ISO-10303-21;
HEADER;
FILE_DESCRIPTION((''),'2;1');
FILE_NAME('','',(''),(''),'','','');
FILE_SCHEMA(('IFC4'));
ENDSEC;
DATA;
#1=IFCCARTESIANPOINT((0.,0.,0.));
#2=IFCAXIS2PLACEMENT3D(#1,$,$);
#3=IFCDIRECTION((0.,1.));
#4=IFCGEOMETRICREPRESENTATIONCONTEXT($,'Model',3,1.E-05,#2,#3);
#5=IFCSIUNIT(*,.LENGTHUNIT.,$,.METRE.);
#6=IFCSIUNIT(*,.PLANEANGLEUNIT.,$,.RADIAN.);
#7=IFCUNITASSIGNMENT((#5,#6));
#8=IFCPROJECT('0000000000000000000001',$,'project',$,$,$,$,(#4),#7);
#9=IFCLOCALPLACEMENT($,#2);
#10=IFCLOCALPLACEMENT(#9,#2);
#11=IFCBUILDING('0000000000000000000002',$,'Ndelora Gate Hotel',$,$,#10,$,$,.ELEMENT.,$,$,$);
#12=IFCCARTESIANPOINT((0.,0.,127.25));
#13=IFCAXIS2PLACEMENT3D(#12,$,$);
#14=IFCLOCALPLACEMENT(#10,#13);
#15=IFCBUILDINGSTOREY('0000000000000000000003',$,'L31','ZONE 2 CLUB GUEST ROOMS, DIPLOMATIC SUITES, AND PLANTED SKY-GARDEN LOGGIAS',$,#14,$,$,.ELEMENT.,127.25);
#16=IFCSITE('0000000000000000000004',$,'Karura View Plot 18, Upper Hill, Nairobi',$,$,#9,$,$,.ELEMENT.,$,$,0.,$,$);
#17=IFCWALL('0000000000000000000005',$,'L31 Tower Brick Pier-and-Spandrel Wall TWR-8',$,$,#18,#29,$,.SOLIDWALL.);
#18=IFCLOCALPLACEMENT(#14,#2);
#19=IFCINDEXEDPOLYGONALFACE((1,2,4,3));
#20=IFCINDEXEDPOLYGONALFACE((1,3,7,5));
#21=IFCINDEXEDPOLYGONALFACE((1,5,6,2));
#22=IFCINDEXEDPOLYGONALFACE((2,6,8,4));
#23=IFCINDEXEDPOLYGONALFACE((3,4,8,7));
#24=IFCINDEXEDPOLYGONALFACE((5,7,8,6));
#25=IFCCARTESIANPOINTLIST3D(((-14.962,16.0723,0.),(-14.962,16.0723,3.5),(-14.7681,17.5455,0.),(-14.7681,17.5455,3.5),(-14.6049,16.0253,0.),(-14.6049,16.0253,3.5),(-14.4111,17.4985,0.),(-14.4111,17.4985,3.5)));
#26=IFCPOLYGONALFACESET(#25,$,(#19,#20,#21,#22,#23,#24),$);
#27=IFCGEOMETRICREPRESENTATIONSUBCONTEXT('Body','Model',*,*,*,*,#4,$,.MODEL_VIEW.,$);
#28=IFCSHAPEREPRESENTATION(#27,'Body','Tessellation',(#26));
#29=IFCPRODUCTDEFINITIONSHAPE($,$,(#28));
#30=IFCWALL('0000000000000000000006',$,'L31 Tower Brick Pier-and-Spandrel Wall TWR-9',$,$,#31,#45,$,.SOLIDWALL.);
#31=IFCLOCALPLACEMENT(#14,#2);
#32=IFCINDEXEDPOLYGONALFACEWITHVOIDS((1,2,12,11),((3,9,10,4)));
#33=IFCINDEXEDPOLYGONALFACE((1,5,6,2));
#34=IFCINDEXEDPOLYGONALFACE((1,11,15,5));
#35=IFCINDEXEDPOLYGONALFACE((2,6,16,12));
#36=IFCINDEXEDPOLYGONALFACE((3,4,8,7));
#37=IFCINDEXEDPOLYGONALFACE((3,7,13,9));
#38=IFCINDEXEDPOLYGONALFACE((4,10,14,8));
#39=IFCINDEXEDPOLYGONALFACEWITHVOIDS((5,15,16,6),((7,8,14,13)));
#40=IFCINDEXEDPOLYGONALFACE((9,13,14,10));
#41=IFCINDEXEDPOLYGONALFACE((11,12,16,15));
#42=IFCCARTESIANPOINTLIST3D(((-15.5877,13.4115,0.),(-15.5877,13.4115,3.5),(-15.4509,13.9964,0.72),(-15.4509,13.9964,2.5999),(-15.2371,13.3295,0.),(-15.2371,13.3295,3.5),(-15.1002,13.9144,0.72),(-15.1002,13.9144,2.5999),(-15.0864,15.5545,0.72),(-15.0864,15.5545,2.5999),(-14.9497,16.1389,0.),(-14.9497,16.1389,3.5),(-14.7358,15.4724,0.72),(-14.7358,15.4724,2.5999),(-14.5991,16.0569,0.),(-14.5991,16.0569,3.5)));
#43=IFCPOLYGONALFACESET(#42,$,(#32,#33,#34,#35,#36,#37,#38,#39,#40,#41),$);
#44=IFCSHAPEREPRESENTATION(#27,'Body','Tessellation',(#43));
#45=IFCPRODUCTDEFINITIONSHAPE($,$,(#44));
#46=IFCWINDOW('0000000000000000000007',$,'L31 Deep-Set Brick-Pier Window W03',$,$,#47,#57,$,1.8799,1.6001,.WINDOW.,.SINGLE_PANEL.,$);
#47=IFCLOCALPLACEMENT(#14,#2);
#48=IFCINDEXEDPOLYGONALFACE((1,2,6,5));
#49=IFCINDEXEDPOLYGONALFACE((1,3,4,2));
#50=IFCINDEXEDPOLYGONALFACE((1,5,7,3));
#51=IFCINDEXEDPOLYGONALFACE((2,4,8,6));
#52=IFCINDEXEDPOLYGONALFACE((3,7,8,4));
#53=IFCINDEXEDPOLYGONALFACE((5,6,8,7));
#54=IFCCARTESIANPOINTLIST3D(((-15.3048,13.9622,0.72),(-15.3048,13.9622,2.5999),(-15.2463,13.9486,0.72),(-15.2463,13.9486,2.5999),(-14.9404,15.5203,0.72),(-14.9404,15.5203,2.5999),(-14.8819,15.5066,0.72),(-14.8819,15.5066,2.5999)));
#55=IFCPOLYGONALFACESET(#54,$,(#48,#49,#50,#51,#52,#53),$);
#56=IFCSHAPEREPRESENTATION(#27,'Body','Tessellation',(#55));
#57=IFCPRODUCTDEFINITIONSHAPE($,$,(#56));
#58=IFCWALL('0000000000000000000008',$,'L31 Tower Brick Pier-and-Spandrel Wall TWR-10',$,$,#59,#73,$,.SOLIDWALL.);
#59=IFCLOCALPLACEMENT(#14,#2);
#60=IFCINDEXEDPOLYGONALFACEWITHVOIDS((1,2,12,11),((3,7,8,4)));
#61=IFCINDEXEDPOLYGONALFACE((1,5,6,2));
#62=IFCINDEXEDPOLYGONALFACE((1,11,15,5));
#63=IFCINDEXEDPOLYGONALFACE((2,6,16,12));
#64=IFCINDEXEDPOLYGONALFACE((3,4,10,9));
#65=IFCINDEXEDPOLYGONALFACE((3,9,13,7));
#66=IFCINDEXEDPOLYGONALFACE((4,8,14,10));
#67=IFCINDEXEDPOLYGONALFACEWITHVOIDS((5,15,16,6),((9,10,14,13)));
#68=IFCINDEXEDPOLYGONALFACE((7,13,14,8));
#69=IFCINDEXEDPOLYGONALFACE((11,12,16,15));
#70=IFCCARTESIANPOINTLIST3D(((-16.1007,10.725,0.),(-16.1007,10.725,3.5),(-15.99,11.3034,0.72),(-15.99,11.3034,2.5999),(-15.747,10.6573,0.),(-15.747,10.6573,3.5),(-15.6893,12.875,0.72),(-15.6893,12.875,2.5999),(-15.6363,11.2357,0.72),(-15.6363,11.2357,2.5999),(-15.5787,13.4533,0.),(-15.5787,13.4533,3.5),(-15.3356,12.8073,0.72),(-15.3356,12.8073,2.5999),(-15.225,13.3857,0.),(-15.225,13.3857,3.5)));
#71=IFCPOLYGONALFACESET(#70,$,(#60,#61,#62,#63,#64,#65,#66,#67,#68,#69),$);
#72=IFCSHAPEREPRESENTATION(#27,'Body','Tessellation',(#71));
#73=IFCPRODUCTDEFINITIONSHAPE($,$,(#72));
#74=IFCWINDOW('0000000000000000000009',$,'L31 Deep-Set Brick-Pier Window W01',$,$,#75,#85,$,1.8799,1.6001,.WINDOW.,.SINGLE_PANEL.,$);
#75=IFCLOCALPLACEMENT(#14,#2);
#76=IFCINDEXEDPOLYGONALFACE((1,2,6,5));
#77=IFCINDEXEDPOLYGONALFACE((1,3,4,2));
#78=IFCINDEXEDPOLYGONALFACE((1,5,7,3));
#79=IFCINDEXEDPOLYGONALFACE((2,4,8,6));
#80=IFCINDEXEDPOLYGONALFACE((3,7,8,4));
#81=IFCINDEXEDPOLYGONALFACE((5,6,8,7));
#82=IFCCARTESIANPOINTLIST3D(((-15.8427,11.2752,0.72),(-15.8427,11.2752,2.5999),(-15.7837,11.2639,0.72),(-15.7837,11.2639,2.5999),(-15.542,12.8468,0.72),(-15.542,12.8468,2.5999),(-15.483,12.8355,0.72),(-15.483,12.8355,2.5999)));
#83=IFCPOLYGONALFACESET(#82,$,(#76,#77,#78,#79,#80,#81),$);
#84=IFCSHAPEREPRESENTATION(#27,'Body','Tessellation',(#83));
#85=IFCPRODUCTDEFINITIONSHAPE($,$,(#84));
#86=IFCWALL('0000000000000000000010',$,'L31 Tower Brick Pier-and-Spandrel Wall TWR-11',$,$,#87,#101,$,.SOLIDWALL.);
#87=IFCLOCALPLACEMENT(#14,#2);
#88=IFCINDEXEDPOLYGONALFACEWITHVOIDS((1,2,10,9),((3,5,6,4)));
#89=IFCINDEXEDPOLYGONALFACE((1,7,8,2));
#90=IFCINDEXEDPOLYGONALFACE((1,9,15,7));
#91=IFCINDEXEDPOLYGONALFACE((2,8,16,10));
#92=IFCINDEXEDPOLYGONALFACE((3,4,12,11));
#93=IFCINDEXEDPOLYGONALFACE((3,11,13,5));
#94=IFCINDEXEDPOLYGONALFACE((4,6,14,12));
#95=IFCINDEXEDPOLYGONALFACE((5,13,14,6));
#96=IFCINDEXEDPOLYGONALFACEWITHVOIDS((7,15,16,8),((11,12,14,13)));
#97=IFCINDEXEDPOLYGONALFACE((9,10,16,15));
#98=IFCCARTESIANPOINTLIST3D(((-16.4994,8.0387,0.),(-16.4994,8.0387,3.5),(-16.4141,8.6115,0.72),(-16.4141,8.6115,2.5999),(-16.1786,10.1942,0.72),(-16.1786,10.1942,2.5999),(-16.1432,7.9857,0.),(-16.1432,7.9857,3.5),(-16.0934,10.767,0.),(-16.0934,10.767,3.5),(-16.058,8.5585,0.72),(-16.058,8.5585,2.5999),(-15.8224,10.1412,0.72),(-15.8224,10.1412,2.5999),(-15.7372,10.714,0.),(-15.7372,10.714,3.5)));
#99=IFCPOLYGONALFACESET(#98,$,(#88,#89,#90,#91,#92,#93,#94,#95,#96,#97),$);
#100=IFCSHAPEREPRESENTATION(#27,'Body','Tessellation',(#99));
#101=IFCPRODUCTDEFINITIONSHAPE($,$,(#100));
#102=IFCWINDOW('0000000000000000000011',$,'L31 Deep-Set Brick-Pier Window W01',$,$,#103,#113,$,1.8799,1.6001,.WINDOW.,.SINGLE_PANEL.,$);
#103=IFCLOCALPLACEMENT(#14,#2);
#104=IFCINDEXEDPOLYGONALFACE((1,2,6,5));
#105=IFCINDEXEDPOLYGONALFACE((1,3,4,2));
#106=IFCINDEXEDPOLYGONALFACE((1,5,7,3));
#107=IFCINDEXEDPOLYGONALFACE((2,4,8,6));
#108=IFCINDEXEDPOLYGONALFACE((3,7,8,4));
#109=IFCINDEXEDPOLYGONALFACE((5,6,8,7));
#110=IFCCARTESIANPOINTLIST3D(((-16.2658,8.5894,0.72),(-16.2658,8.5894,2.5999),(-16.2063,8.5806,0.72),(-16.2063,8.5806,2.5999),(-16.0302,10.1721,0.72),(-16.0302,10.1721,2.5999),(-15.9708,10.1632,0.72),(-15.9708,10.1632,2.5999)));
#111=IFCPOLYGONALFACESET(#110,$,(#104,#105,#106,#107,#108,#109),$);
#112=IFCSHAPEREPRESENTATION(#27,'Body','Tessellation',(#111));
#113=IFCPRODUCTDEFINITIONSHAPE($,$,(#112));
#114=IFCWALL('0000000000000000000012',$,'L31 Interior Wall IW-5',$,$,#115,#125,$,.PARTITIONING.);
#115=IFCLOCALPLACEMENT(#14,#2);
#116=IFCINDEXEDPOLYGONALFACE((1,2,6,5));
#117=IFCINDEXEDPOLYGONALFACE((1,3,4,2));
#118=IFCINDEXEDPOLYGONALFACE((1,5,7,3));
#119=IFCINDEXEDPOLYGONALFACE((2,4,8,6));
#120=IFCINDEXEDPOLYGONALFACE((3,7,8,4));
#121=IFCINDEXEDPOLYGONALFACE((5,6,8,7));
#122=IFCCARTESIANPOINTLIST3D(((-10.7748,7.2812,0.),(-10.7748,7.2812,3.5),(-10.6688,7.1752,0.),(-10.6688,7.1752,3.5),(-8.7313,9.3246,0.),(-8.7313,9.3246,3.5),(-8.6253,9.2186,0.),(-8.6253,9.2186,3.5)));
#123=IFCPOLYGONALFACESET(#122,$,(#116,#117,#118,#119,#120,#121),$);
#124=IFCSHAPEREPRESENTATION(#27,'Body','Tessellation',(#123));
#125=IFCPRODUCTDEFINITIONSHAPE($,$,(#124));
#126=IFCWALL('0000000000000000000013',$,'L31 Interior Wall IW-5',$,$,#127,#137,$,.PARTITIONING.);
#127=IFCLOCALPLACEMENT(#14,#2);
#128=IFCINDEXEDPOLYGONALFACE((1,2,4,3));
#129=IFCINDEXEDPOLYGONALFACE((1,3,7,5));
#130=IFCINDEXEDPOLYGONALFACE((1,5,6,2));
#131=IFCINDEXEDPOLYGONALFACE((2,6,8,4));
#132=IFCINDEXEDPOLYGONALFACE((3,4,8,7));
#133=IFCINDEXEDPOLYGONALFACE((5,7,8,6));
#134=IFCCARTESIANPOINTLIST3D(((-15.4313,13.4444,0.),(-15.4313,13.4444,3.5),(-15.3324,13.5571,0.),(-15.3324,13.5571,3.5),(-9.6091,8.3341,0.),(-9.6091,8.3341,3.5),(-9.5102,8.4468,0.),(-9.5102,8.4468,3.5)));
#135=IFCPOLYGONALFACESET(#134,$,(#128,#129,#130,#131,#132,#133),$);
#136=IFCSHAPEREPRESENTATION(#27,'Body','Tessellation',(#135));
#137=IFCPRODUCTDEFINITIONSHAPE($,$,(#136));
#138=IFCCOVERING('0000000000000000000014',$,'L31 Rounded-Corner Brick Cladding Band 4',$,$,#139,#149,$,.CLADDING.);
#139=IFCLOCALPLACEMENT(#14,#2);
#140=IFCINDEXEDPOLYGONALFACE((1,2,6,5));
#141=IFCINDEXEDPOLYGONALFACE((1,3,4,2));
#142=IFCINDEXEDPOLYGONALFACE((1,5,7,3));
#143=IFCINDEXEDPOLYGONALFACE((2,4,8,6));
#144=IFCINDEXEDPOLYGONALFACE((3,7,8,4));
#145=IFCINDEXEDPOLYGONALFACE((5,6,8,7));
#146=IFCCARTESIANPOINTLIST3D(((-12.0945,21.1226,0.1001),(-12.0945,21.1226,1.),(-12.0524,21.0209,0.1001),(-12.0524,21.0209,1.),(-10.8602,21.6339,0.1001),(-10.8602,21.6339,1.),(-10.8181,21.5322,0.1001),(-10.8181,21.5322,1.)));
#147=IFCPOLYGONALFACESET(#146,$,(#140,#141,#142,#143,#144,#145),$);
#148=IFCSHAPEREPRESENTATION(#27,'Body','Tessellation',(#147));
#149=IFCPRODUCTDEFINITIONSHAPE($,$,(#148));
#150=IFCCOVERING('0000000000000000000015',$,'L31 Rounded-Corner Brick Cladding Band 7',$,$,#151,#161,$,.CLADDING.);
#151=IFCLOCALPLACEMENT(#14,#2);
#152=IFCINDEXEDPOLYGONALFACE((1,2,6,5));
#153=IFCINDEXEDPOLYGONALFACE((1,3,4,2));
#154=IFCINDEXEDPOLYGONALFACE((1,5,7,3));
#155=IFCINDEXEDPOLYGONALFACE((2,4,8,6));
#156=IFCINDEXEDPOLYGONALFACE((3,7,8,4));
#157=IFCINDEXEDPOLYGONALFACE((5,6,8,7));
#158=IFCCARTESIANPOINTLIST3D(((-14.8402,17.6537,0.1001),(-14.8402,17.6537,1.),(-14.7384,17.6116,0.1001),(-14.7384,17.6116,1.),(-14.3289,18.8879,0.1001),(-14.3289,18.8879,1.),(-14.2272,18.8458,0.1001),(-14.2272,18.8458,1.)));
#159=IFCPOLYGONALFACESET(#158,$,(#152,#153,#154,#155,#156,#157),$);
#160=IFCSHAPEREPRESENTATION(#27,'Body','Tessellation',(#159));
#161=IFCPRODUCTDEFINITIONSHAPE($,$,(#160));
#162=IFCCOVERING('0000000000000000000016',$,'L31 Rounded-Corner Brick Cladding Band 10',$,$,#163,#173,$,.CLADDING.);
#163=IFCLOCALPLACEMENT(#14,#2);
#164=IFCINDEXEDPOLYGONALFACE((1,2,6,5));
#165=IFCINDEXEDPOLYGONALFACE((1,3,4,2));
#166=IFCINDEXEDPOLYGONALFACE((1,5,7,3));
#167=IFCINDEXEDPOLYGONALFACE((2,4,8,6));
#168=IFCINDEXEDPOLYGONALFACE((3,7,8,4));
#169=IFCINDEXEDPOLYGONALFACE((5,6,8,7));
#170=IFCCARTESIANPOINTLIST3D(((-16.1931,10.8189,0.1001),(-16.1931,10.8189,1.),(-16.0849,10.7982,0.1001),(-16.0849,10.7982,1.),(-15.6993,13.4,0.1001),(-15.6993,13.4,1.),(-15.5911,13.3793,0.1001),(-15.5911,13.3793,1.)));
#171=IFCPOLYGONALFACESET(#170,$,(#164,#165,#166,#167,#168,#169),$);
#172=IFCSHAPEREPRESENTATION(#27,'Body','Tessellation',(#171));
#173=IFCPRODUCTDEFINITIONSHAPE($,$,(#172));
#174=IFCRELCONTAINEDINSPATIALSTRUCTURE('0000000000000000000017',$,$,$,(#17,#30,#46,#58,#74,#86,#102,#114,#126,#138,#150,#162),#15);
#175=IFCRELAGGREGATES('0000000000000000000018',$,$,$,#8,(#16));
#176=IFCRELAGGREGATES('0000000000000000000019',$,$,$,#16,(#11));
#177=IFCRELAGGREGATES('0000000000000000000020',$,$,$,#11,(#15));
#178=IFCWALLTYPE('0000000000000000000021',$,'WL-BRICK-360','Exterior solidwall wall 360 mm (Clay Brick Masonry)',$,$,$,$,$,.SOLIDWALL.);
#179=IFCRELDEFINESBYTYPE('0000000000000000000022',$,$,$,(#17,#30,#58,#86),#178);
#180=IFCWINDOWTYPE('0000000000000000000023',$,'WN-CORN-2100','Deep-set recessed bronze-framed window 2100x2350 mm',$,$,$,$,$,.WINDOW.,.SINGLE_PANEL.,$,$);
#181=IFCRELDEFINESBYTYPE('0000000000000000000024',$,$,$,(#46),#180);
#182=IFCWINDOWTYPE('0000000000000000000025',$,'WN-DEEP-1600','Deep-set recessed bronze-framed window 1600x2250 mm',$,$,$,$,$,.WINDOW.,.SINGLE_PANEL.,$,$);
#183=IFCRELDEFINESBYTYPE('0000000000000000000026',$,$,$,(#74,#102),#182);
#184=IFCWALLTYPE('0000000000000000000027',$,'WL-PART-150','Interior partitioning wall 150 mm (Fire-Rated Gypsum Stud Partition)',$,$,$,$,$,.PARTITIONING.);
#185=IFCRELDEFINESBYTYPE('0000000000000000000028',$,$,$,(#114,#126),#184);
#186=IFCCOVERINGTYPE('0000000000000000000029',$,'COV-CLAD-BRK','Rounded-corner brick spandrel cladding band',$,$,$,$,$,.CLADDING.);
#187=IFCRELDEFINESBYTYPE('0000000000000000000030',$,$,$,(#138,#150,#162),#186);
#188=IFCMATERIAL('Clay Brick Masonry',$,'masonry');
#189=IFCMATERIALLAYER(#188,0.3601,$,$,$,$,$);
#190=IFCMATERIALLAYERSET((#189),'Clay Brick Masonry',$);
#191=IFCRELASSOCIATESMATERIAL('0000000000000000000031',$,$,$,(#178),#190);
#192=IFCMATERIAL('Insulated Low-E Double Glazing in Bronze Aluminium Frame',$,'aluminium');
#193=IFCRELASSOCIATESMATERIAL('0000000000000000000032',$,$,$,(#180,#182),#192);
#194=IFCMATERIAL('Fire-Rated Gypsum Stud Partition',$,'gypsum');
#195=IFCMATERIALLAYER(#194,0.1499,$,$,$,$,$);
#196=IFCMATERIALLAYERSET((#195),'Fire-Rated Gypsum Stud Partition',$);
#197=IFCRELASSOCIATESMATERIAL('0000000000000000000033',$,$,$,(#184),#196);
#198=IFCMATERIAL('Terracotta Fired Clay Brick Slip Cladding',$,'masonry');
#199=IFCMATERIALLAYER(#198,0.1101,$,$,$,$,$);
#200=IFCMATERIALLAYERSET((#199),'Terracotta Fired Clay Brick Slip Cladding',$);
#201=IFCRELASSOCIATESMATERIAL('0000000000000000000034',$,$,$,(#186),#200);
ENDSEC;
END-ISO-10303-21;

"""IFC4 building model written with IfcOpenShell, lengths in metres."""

from ifc_helpers import new_model, si_unit, direction, frame, frame_2d, origin, origin_2d, place, context, subcontext, project, spatial, rectangle, extrude, material, layer, layer_set, type_object, element, fill, save


model = new_model("IFC4")

# Units and contexts
model_context = context("Model", 3, precision=1e-05, world=origin(), true_north=direction((0.0, 1.0)))
body_context = subcontext(model_context, "Body", "Model", "MODEL_VIEW")
ifc_project = project(units=[si_unit("LENGTHUNIT", "METRE"), si_unit("PLANEANGLEUNIT", "RADIAN")], contexts=[model_context])

# Site, building, storey
site_placement = place(None, origin())
site = spatial("IfcSite", under=ifc_project, at=site_placement, Name="Karura View Plot 18, Upper Hill, Nairobi", CompositionType="ELEMENT", RefElevation=0.0)
building_placement = place(site_placement, origin())
building = spatial("IfcBuilding", under=site, at=building_placement, Name="Ndelora Gate Hotel", CompositionType="ELEMENT")
storey_placement = place(building_placement, frame((0.0, 0.0, 127.25)))
storey = spatial("IfcBuildingStorey", under=building, at=storey_placement, Name="L31", Description="ZONE 2 CLUB GUEST ROOMS, DIPLOMATIC SUITES, AND PLANTED SKY-GARDEN LOGGIAS", CompositionType="ELEMENT", Elevation=127.25)

# Wall
ifc_material_1 = material(Name="Clay Brick Masonry", Category="masonry")
ifc_layer_1 = layer(ifc_material_1, 0.3601)
ifc_layer_set_1 = layer_set([ifc_layer_1], Name="Clay Brick Masonry")
wall_type_1 = type_object("IfcWallType", Name="WL-BRICK-360", Description="Exterior solidwall wall 360 mm (Clay Brick Masonry)", PredefinedType="SOLIDWALL", material=ifc_layer_set_1)
wall_1_placement = place(storey_placement, frame((-14.7834, 16.0488, 0.0), z_axis=(0.0, 0.0, 1.0), x_axis=(0.130463, 0.991453, 0.0)))
element("IfcWall", 1, at=wall_1_placement, inside=storey, type_object=wall_type_1, Name="L31 Tower Brick Pier-and-Spandrel Wall TWR-8", PredefinedType="SOLIDWALL", context=body_context, shape_type="SweptSolid", body=[
    extrude(rectangle(XDim=1.4858, YDim=0.3601, at=frame_2d((0.7429, 0.0))), origin(), (0.0, 0.0, 1.0), 3.5),
])

# Walls, openings, windows
wall_2_placement = place(storey_placement, frame((-15.4124, 13.3706, 0.0), z_axis=(0.0, 0.0, 1.0), x_axis=(0.227761, 0.973717, 0.0)))
wall_2 = element("IfcWall", 2, at=wall_2_placement, inside=storey, type_object=wall_type_1, Name="L31 Tower Brick Pier-and-Spandrel Wall TWR-9", PredefinedType="SOLIDWALL", context=body_context, shape_type="SweptSolid", body=[
    extrude(rectangle(XDim=2.801, YDim=0.3601, at=frame_2d((1.4004, 0.0))), origin(), (0.0, 0.0, 1.0), 3.5),
])
opening_1_placement = place(wall_2_placement, frame((0.6006, 0.0, 0.72)))
opening_1 = element("IfcOpeningElement", 3, at=opening_1_placement, cuts=wall_2, PredefinedType="OPENING", context=body_context, shape_type="SweptSolid", body=[
    extrude(rectangle(XDim=1.6001, YDim=1.8799, at=frame_2d((0.8, 0.9399))), frame((0.0, 0.1899, 0.0), z_axis=(0.0, -1.0, 0.0), x_axis=(1.0, 0.0, 0.0)), (0.0, 0.0, 1.0), 0.3801),
])
ifc_material_2 = material(Name="Insulated Low-E Double Glazing in Bronze Aluminium Frame", Category="aluminium")
window_type_1 = type_object("IfcWindowType", Name="WN-CORN-2100", Description="Deep-set recessed bronze-framed window 2100x2350 mm", PartitioningType="SINGLE_PANEL", PredefinedType="WINDOW", material=ifc_material_2)
window_1_placement = place(opening_1_placement, origin())
window_1 = element("IfcWindow", 4, at=window_1_placement, inside=storey, type_object=window_type_1, Name="L31 Deep-Set Brick-Pier Window W03", OverallHeight=1.8799, OverallWidth=1.6001, PartitioningType="SINGLE_PANEL", PredefinedType="WINDOW", context=body_context, shape_type="SweptSolid", body=[
    extrude(rectangle(XDim=1.6001, YDim=1.8799, at=frame_2d((0.8, 0.9399))), frame((0.0, 0.03, 0.0), z_axis=(0.0, -1.0, 0.0), x_axis=(1.0, 0.0, 0.0)), (0.0, 0.0, 1.0), 0.0601),
])
fill(opening_1, window_1)
wall_3_placement = place(storey_placement, frame((-15.9238, 10.6912, 0.0), z_axis=(0.0, 0.0, 1.0), x_axis=(0.187912, 0.982186, 0.0)))
wall_3 = element("IfcWall", 5, at=wall_3_placement, inside=storey, type_object=wall_type_1, Name="L31 Tower Brick Pier-and-Spandrel Wall TWR-10", PredefinedType="SOLIDWALL", context=body_context, shape_type="SweptSolid", body=[
    extrude(rectangle(XDim=2.7778, YDim=0.3601, at=frame_2d((1.3889, 0.0))), origin(), (0.0, 0.0, 1.0), 3.5),
])
opening_2_placement = place(wall_3_placement, frame((0.5889, 0.0, 0.72)))
opening_2 = element("IfcOpeningElement", 6, at=opening_2_placement, cuts=wall_3, PredefinedType="OPENING", context=body_context, shape_type="SweptSolid", body=[
    extrude(rectangle(XDim=1.6001, YDim=1.8799, at=frame_2d((0.8, 0.9399))), frame((0.0, 0.1899, 0.0), z_axis=(0.0, -1.0, 0.0), x_axis=(1.0, 0.0, 0.0)), (0.0, 0.0, 1.0), 0.3801),
])
window_type_2 = type_object("IfcWindowType", Name="WN-DEEP-1600", Description="Deep-set recessed bronze-framed window 1600x2250 mm", PartitioningType="SINGLE_PANEL", PredefinedType="WINDOW", material=ifc_material_2)
window_2_placement = place(opening_2_placement, origin())
window_2 = element("IfcWindow", 7, at=window_2_placement, inside=storey, type_object=window_type_2, Name="L31 Deep-Set Brick-Pier Window W01", OverallHeight=1.8799, OverallWidth=1.6001, PartitioningType="SINGLE_PANEL", PredefinedType="WINDOW", context=body_context, shape_type="SweptSolid", body=[
    extrude(rectangle(XDim=1.6001, YDim=1.8799, at=frame_2d((0.8, 0.9399))), frame((0.0, 0.03, 0.0), z_axis=(0.0, -1.0, 0.0), x_axis=(1.0, 0.0, 0.0)), (0.0, 0.0, 1.0), 0.0601),
])
fill(opening_2, window_2)
wall_4_placement = place(storey_placement, frame((-16.3213, 8.0122, 0.0), z_axis=(0.0, 0.0, 1.0), x_axis=(0.147193, 0.989108, 0.0)))
wall_4 = element("IfcWall", 8, at=wall_4_placement, inside=storey, type_object=wall_type_1, Name="L31 Tower Brick Pier-and-Spandrel Wall TWR-11", PredefinedType="SOLIDWALL", context=body_context, shape_type="SweptSolid", body=[
    extrude(rectangle(XDim=2.7583, YDim=0.3601, at=frame_2d((1.3792, 0.0))), origin(), (0.0, 0.0, 1.0), 3.5),
])
opening_3_placement = place(wall_4_placement, frame((0.5791, 0.0, 0.72)))
opening_3 = element("IfcOpeningElement", 9, at=opening_3_placement, cuts=wall_4, PredefinedType="OPENING", context=body_context, shape_type="SweptSolid", body=[
    extrude(rectangle(XDim=1.6001, YDim=1.8799, at=frame_2d((0.8, 0.9399))), frame((0.0, 0.1899, 0.0), z_axis=(0.0, -1.0, 0.0), x_axis=(1.0, 0.0, 0.0)), (0.0, 0.0, 1.0), 0.3801),
])
window_3_placement = place(opening_3_placement, origin())
window_3 = element("IfcWindow", 10, at=window_3_placement, inside=storey, type_object=window_type_2, Name="L31 Deep-Set Brick-Pier Window W01", OverallHeight=1.8799, OverallWidth=1.6001, PartitioningType="SINGLE_PANEL", PredefinedType="WINDOW", context=body_context, shape_type="SweptSolid", body=[
    extrude(rectangle(XDim=1.6001, YDim=1.8799, at=frame_2d((0.8, 0.9399))), frame((0.0, 0.03, 0.0), z_axis=(0.0, -1.0, 0.0), x_axis=(1.0, 0.0, 0.0)), (0.0, 0.0, 1.0), 0.0601),
])
fill(opening_3, window_3)

# Walls
ifc_material_3 = material(Name="Fire-Rated Gypsum Stud Partition", Category="gypsum")
ifc_layer_2 = layer(ifc_material_3, 0.1499)
ifc_layer_set_2 = layer_set([ifc_layer_2], Name="Fire-Rated Gypsum Stud Partition")
wall_type_2 = type_object("IfcWallType", Name="WL-PART-150", Description="Interior partitioning wall 150 mm (Fire-Rated Gypsum Stud Partition)", PredefinedType="PARTITIONING", material=ifc_layer_set_2)
wall_5_placement = place(storey_placement, frame((-10.7217, 7.2283, 0.0), z_axis=(0.0, 0.0, 1.0), x_axis=(0.707107, 0.707107, 0.0)))
element("IfcWall", 11, at=wall_5_placement, inside=storey, type_object=wall_type_2, Name="L31 Interior Wall IW-5", PredefinedType="PARTITIONING", context=body_context, shape_type="SweptSolid", body=[
    extrude(rectangle(XDim=2.8899, YDim=0.1499, at=frame_2d((1.4448, 0.0))), origin(), (0.0, 0.0, 1.0), 3.5),
])
wall_6_placement = place(storey_placement, frame((-9.5596, 8.3904, 0.0), z_axis=(0.0, 0.0, 1.0), x_axis=(-0.751561, 0.659664, 0.0)))
element("IfcWall", 12, at=wall_6_placement, inside=storey, type_object=wall_type_2, Name="L31 Interior Wall IW-5", PredefinedType="PARTITIONING", context=body_context, shape_type="SweptSolid", body=[
    extrude(rectangle(XDim=7.7468, YDim=0.1499, at=frame_2d((3.8735, 0.0))), origin(), (0.0, 0.0, 1.0), 3.5),
])

# Coverings
ifc_material_4 = material(Name="Terracotta Fired Clay Brick Slip Cladding", Category="masonry")
ifc_layer_3 = layer(ifc_material_4, 0.1101)
ifc_layer_set_3 = layer_set([ifc_layer_3], Name="Terracotta Fired Clay Brick Slip Cladding")
covering_type_1 = type_object("IfcCoveringType", Name="COV-CLAD-BRK", Description="Rounded-corner brick spandrel cladding band", PredefinedType="CLADDING", material=ifc_layer_set_3)
for number, where, z_axis, x_axis, name in (
    (13, (-11.4563, 21.3274, 0.1001), (0.0, 0.0, 1.0), (0.92388, 0.382683, 0.0), "L31 Rounded-Corner Brick Cladding Band 4"),
    (14, (-14.5337, 18.2498, 0.1001), (0.0, 0.0, 1.0), (0.382683, 0.92388, 0.0), "L31 Rounded-Corner Brick Cladding Band 7"),
):
    element("IfcCovering", number, at=place(storey_placement, frame(where, z_axis=z_axis, x_axis=x_axis)), inside=storey, type_object=covering_type_1, Name=name, PredefinedType="CLADDING", context=body_context, shape_type="SweptSolid", body=[
        extrude(rectangle(XDim=1.3359, YDim=0.1101, at=origin_2d()), origin(), (0.0, 0.0, 1.0), 0.8999),
    ])
covering_placement = place(storey_placement, frame((-15.8921, 12.0991, 0.1001), z_axis=(0.0, 0.0, 1.0), x_axis=(0.187896, 0.982189, 0.0)))
element("IfcCovering", 15, at=covering_placement, inside=storey, type_object=covering_type_1, Name="L31 Rounded-Corner Brick Cladding Band 10", PredefinedType="CLADDING", context=body_context, shape_type="SweptSolid", body=[
    extrude(rectangle(XDim=2.6279, YDim=0.1101, at=origin_2d()), origin(), (0.0, 0.0, 1.0), 0.8999),
])

save(model, "model.ifc")
